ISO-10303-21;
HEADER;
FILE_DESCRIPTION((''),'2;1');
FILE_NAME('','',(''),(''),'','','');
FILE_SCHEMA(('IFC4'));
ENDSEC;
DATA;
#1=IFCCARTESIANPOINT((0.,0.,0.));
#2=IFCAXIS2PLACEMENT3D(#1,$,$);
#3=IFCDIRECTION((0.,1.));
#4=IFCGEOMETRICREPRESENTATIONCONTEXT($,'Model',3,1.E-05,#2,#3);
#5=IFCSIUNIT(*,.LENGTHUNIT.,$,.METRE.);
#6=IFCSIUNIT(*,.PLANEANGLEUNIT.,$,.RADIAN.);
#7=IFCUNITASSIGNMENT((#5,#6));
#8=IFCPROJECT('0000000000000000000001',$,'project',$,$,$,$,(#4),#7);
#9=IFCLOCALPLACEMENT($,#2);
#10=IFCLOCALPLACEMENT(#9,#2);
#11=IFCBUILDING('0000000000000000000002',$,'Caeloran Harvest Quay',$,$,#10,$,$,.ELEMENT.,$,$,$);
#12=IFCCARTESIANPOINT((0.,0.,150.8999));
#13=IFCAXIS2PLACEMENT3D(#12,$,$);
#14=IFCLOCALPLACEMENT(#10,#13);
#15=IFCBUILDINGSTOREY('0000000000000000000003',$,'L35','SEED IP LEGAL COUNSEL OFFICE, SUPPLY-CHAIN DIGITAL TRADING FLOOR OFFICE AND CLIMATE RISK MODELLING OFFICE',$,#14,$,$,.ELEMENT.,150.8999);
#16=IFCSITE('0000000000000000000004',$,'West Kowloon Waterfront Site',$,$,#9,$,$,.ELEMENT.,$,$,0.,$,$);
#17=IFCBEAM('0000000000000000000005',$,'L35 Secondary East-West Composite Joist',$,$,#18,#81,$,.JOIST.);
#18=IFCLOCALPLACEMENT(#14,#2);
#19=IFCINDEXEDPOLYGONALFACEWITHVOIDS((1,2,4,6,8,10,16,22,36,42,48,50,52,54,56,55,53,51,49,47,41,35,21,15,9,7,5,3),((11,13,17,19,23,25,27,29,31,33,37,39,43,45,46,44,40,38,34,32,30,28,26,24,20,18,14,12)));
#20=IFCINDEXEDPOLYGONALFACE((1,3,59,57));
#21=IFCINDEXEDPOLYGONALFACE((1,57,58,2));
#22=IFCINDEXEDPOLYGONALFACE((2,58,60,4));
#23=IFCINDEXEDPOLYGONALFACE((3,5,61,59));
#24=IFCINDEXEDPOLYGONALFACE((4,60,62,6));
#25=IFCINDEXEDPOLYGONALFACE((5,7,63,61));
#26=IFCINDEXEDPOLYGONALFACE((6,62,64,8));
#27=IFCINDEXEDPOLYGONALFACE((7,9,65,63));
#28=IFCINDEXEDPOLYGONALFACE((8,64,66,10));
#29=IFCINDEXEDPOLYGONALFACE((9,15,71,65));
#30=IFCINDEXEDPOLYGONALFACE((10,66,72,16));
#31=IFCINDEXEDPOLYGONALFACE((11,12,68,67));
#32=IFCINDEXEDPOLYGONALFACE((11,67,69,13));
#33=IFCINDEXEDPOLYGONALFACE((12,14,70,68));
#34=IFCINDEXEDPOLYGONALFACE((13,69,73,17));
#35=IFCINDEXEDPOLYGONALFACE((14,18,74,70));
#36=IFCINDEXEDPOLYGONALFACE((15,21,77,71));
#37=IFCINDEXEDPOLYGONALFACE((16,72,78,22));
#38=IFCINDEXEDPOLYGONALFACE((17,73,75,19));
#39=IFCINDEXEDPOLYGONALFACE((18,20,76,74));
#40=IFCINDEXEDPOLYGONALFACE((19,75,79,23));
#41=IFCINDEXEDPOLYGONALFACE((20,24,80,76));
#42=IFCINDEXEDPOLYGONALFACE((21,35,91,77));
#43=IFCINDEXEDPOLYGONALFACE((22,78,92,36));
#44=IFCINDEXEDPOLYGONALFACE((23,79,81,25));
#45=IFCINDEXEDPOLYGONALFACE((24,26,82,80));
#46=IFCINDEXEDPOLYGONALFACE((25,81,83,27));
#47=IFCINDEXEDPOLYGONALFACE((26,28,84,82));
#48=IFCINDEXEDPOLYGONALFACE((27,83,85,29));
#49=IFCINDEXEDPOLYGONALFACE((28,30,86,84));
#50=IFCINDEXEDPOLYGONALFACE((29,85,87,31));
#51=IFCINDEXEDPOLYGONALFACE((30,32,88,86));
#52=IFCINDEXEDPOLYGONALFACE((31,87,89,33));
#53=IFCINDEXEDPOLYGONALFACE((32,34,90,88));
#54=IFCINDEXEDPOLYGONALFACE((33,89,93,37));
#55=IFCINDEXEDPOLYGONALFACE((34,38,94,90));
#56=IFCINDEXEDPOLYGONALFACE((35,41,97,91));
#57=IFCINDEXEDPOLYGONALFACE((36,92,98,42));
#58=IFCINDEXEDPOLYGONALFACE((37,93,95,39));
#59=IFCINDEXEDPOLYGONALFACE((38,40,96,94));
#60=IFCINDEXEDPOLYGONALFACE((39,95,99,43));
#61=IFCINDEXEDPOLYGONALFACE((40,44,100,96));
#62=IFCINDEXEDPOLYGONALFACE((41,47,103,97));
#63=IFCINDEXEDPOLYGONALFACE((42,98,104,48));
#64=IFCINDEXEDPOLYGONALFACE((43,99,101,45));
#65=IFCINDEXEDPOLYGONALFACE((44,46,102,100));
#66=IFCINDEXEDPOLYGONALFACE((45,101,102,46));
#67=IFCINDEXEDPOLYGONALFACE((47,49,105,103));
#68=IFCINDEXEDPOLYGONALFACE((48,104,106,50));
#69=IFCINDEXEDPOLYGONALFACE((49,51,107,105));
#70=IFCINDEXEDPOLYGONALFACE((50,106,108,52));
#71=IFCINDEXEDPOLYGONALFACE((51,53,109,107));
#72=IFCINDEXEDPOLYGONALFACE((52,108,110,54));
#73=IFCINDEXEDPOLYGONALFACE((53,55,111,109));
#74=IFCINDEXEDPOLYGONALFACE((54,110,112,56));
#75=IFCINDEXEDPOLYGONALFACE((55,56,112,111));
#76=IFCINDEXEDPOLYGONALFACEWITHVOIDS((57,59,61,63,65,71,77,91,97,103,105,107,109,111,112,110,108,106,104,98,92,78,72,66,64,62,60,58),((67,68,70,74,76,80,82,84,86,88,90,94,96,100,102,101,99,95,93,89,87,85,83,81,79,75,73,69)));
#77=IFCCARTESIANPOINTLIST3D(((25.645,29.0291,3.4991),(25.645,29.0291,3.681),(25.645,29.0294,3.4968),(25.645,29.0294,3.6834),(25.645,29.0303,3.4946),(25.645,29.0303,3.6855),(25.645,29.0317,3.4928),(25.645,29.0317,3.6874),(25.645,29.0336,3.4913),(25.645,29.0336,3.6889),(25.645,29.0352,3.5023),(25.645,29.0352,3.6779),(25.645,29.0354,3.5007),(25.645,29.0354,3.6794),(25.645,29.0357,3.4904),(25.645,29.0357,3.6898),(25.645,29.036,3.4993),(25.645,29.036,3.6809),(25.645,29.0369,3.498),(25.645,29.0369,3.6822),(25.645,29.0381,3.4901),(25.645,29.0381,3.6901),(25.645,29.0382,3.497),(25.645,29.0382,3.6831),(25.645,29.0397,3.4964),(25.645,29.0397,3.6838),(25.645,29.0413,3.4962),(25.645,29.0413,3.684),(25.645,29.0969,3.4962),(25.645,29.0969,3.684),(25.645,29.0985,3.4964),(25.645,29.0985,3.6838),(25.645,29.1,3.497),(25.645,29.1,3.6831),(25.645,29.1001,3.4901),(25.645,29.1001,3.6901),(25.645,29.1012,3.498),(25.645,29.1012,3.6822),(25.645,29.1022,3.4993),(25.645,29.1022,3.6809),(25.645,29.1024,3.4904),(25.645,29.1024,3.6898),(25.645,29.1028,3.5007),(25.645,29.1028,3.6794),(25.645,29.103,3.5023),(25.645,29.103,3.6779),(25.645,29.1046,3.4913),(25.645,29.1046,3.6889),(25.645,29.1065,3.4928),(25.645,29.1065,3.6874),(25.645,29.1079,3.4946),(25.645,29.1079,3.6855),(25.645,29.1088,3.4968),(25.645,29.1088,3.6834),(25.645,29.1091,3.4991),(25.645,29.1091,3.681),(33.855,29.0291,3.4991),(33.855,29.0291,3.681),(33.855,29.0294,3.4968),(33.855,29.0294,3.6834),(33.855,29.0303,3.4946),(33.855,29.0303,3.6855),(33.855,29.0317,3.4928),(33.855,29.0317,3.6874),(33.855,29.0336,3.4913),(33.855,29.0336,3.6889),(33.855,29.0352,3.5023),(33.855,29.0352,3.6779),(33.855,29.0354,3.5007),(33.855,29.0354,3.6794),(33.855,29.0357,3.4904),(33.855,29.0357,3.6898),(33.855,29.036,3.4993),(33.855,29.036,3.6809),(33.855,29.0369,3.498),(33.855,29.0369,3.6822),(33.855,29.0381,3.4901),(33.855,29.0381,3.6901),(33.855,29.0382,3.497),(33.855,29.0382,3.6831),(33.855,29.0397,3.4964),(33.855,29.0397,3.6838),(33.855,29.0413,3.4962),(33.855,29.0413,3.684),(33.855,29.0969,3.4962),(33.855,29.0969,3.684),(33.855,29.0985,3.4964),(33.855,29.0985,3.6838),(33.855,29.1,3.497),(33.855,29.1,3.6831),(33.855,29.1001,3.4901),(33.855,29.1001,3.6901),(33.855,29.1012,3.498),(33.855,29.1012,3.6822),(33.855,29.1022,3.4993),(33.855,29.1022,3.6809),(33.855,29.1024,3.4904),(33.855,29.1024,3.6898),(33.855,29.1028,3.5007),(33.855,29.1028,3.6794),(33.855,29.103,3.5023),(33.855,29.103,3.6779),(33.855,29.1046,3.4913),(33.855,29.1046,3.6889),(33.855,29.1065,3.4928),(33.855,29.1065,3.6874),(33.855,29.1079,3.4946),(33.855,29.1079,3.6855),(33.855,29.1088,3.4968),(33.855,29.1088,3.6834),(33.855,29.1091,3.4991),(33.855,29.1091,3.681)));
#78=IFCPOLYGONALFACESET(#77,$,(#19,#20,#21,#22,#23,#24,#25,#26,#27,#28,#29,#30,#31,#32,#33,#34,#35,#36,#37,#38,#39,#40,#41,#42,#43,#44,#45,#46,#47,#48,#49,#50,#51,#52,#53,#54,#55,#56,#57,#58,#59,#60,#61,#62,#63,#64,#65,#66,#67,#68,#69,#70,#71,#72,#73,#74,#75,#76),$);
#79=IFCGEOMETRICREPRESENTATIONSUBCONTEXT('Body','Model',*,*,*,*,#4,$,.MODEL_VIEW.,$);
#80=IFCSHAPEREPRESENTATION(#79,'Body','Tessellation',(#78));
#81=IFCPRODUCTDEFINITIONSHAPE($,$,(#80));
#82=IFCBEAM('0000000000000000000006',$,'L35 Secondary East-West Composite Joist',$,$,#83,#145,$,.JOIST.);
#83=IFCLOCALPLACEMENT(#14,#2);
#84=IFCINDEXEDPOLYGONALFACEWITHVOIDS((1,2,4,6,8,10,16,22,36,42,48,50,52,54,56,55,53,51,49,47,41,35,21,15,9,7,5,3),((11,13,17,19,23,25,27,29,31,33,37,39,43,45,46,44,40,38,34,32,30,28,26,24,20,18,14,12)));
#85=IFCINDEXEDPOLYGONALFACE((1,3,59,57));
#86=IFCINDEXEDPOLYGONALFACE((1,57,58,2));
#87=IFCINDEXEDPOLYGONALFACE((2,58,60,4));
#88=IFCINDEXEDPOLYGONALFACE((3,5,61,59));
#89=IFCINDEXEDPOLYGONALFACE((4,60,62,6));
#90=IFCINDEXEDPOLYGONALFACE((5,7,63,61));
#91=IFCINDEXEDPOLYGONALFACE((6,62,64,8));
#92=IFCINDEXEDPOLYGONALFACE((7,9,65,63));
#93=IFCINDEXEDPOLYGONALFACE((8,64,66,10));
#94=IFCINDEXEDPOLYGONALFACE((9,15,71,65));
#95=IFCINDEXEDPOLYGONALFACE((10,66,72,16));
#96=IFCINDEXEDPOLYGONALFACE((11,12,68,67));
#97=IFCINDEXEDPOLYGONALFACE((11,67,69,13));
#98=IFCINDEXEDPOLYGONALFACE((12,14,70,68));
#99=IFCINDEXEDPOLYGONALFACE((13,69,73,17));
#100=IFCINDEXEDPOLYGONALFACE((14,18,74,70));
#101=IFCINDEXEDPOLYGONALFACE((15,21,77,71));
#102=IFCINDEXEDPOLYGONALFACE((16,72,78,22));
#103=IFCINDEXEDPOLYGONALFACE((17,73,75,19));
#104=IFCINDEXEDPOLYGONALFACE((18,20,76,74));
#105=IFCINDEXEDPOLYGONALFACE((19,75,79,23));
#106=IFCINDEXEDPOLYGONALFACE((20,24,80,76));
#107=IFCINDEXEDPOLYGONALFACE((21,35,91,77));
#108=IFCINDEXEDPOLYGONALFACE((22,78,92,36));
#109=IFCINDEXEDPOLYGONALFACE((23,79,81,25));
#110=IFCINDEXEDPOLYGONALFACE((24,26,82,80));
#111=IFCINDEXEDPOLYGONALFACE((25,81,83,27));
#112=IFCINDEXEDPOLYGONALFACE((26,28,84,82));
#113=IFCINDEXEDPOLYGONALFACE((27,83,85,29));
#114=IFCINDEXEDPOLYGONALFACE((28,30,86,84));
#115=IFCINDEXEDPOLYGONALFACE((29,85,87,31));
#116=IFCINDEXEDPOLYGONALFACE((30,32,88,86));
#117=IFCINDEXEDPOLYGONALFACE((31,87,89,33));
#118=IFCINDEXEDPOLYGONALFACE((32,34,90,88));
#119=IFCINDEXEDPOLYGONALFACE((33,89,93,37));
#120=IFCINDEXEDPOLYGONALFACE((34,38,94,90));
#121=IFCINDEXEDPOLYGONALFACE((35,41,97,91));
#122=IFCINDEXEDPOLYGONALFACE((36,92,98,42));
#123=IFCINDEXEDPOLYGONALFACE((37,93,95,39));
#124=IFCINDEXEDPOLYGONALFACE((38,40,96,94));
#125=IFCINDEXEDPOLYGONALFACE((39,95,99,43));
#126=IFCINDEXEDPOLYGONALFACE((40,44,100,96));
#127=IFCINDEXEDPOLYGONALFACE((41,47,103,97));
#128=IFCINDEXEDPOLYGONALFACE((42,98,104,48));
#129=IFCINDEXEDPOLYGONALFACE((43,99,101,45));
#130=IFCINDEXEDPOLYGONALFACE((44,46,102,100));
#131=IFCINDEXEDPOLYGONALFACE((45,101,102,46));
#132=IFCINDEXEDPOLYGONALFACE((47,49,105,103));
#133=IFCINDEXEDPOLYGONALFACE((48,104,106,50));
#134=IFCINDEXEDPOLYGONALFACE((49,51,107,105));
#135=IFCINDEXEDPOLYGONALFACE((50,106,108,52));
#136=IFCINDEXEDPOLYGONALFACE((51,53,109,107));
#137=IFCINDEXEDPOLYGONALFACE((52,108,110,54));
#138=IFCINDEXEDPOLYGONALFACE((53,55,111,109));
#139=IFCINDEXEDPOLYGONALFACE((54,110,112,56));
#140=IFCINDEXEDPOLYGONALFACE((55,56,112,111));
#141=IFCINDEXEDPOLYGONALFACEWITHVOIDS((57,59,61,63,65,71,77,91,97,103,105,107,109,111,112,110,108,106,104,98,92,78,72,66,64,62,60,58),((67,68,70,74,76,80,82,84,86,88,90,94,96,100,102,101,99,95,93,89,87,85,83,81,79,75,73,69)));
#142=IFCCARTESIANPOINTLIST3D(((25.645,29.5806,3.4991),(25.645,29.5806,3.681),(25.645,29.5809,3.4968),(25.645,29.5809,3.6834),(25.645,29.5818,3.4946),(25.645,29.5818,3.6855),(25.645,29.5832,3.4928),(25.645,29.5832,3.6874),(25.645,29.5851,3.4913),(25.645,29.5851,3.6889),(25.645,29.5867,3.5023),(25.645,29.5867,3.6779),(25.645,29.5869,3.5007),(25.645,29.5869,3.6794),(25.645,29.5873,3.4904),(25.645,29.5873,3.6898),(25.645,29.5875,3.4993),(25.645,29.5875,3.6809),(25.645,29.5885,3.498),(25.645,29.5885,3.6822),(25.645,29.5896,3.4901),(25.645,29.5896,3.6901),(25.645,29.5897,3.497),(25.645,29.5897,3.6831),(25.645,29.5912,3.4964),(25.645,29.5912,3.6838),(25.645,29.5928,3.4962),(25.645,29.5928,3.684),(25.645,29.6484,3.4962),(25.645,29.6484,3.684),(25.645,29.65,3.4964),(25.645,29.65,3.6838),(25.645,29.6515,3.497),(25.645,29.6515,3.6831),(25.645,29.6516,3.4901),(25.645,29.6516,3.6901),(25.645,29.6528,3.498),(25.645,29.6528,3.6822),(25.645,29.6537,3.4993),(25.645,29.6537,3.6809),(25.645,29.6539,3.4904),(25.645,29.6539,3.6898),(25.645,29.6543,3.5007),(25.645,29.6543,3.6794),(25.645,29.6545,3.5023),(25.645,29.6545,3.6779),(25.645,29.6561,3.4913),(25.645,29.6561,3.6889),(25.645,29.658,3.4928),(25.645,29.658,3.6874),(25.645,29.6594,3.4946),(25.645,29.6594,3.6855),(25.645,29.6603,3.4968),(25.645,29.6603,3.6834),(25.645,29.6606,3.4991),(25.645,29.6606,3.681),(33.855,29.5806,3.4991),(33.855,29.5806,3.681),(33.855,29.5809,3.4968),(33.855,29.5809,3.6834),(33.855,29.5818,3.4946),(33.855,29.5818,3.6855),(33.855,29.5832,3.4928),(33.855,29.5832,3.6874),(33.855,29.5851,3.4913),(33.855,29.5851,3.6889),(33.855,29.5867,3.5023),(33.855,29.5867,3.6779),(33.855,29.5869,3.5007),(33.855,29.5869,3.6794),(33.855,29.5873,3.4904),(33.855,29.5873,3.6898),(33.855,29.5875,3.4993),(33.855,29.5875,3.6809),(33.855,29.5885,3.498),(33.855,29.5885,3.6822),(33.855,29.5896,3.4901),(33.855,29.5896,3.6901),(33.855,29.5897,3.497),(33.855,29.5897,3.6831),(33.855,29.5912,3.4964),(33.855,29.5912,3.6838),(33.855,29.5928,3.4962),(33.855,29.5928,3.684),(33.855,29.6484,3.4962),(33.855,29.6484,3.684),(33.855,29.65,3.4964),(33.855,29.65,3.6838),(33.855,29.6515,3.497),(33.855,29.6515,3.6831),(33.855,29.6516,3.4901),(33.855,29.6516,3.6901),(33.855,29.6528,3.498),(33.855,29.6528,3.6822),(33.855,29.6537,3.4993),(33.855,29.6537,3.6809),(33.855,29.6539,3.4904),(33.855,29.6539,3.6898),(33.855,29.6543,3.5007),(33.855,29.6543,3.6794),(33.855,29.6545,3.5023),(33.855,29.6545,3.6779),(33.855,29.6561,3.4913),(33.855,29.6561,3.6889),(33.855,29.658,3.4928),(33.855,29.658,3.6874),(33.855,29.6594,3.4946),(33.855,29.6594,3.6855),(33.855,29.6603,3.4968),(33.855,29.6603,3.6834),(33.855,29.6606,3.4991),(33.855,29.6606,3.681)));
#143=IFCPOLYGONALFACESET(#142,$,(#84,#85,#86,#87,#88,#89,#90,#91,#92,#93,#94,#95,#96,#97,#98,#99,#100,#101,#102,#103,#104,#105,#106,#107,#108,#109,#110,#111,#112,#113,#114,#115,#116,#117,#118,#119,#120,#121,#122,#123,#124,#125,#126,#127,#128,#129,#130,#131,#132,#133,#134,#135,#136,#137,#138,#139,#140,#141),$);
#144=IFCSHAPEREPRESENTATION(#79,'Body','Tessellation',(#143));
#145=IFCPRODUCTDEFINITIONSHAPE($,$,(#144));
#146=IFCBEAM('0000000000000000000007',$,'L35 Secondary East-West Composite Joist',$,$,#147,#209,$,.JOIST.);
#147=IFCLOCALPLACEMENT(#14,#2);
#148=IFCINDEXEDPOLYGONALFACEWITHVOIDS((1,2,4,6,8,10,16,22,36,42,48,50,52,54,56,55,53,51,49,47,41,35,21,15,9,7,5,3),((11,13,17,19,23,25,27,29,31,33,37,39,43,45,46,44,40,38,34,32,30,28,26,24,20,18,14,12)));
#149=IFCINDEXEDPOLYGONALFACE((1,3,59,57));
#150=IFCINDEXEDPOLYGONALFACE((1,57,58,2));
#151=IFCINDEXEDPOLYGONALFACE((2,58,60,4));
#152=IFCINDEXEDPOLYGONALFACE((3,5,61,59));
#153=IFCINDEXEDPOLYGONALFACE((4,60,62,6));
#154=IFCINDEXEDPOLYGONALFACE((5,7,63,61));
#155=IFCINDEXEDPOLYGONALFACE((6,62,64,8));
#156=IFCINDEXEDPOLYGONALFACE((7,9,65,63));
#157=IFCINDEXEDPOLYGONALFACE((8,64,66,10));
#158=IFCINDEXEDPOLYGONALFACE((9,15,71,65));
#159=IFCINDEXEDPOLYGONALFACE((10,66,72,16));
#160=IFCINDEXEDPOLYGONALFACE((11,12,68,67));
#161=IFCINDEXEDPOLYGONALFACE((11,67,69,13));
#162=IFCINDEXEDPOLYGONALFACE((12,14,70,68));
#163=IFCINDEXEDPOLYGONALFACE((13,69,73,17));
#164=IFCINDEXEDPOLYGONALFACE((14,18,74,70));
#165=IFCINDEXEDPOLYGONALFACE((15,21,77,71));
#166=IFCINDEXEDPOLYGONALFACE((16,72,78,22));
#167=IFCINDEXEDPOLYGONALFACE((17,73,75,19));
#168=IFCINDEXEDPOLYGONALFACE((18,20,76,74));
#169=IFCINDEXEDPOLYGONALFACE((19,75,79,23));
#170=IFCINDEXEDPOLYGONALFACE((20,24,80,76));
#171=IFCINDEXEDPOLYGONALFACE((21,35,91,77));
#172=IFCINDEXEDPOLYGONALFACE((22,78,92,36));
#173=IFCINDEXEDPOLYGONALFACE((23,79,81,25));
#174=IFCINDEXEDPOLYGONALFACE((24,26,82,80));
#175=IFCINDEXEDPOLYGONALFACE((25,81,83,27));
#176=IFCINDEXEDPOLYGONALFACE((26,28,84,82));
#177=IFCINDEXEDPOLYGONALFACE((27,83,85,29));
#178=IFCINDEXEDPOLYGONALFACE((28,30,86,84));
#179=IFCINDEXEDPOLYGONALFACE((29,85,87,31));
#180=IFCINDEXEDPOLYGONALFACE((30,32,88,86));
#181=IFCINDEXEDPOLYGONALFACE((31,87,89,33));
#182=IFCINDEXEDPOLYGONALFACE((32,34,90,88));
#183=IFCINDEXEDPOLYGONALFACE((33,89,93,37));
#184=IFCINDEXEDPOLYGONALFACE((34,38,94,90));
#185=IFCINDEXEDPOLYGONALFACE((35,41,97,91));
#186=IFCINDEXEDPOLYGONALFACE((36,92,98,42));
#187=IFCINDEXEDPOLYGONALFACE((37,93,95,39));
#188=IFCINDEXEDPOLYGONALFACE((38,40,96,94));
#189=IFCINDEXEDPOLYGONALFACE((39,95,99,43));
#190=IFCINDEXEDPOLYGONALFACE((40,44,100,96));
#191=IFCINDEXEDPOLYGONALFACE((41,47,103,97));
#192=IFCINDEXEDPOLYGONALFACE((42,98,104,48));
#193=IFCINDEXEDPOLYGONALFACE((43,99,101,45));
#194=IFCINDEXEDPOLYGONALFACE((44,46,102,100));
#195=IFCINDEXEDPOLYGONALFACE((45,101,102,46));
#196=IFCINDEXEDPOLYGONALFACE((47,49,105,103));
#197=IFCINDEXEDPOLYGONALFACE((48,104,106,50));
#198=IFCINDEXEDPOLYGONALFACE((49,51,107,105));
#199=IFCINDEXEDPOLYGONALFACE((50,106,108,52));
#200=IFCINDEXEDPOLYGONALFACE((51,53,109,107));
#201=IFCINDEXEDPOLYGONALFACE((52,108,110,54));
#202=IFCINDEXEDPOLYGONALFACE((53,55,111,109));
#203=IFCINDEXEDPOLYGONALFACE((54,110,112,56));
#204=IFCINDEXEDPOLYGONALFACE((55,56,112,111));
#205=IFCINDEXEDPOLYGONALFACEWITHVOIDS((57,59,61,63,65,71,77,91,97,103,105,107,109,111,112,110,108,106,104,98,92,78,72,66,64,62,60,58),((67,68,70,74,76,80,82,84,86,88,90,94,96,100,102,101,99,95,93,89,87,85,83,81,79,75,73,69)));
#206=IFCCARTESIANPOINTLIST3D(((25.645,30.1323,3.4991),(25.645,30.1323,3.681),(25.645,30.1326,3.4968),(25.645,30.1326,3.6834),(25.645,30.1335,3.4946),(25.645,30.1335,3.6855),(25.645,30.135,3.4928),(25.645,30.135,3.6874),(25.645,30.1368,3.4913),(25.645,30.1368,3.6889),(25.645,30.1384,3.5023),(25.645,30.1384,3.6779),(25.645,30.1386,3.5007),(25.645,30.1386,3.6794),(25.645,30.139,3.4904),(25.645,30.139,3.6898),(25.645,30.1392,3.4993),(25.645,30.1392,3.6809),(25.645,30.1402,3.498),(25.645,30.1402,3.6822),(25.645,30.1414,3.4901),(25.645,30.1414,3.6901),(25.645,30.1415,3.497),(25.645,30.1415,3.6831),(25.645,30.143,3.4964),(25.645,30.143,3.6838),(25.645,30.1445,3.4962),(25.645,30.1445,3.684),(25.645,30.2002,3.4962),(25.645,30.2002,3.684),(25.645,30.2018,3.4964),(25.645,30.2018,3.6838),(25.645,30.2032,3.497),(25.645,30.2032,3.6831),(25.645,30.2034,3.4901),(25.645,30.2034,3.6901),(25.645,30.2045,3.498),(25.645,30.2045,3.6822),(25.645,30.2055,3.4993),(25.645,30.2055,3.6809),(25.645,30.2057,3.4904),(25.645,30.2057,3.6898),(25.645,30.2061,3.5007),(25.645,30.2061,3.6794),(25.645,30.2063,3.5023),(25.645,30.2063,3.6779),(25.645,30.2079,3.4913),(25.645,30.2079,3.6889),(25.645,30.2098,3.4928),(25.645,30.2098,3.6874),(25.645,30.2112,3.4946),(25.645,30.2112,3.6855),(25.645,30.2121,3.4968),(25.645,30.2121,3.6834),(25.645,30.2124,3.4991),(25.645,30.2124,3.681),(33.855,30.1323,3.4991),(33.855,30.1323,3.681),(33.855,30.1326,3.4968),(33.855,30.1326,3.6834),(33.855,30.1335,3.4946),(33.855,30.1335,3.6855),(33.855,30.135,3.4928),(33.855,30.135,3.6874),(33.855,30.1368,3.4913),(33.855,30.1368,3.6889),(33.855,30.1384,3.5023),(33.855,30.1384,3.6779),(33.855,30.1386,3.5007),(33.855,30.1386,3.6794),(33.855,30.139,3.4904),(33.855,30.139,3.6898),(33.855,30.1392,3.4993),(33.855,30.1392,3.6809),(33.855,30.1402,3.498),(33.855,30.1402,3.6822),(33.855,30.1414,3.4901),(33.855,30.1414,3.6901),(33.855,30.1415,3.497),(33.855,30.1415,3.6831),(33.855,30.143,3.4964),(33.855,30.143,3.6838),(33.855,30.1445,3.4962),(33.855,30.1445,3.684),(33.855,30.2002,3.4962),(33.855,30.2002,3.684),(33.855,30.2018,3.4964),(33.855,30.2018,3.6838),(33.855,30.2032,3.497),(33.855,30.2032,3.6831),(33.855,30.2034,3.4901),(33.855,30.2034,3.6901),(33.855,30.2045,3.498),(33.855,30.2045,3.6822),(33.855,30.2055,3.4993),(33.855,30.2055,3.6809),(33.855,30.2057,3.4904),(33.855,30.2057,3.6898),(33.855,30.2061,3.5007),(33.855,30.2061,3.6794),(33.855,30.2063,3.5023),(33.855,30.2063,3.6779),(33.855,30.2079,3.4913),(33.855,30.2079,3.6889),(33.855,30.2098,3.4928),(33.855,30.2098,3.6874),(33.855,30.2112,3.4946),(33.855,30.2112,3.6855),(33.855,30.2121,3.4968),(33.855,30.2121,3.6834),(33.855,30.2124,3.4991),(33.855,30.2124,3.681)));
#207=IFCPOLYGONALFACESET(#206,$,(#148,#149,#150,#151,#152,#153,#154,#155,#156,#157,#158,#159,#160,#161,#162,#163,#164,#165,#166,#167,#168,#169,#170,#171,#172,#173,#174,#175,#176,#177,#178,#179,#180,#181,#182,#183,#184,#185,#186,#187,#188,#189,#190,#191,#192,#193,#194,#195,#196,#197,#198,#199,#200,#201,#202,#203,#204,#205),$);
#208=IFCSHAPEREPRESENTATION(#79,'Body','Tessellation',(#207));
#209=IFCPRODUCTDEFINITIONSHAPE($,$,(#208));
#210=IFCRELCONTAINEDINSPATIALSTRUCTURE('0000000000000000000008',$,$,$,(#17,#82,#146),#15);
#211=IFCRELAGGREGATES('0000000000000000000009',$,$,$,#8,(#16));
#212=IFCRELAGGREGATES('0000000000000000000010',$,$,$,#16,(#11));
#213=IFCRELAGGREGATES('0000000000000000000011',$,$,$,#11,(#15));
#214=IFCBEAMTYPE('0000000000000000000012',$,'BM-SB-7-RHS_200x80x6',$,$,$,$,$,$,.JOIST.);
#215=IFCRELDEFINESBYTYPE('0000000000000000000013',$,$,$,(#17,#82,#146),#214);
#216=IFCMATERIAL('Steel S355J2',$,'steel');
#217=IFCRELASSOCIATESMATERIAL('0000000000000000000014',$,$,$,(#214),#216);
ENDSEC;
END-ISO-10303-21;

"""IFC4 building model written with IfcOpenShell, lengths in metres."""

from ifc_helpers import new_model, si_unit, direction, frame, origin, origin_2d, place, context, subcontext, project, spatial, hollow_rectangle, extrude, material, material_profile, profile_set, type_object, element, save


model = new_model("IFC4")

# Units and contexts
model_context = context("Model", 3, precision=1e-05, world=origin(), true_north=direction((0.0, 1.0)))
body_context = subcontext(model_context, "Body", "Model", "MODEL_VIEW")
ifc_project = project(units=[si_unit("LENGTHUNIT", "METRE"), si_unit("PLANEANGLEUNIT", "RADIAN")], contexts=[model_context])

# Site, building, storey
site_placement = place(None, origin())
site = spatial("IfcSite", under=ifc_project, at=site_placement, Name="West Kowloon Waterfront Site", CompositionType="ELEMENT", RefElevation=0.0)
building_placement = place(site_placement, origin())
building = spatial("IfcBuilding", under=site, at=building_placement, Name="Caeloran Harvest Quay", CompositionType="ELEMENT")
storey_placement = place(building_placement, frame((0.0, 0.0, 150.8999)))
storey = spatial("IfcBuildingStorey", under=building, at=storey_placement, Name="L35", Description="SEED IP LEGAL COUNSEL OFFICE, SUPPLY-CHAIN DIGITAL TRADING FLOOR OFFICE AND CLIMATE RISK MODELLING OFFICE", CompositionType="ELEMENT", Elevation=150.8999)

# Beams
ifc_material_1 = material(Name="Steel S355J2", Category="steel")
ifc_material_profile_1 = material_profile(ifc_material_1, hollow_rectangle(XDim=0.0801, YDim=0.2, WallThickness=0.0061, InnerFilletRadius=0.0061, OuterFilletRadius=0.009, at=origin_2d()), Name="RHS 200x80x6")
ifc_profile_set_1 = profile_set([ifc_material_profile_1], Name="Steel S355J2")
beam_type_1 = type_object("IfcBeamType", Name="BM-SB-7-RHS_200x80x6", PredefinedType="JOIST", material=ifc_profile_set_1)
for number, where, z_axis, x_axis, name in (
    (1, (25.645, 29.0691, 3.5901), (1.0, 0.0, 0.0), (0.0, 1.0, 0.0), "L35 Secondary East-West Composite Joist"),
    (2, (25.645, 29.6206, 3.5901), (1.0, 0.0, 0.0), (0.0, 1.0, 0.0), "L35 Secondary East-West Composite Joist"),
    (3, (25.645, 30.1724, 3.5901), (1.0, 0.0, 0.0), (0.0, 1.0, 0.0), "L35 Secondary East-West Composite Joist"),
):
    element("IfcBeam", number, at=place(storey_placement, frame(where, z_axis=z_axis, x_axis=x_axis)), inside=storey, type_object=beam_type_1, Name=name, PredefinedType="JOIST", context=body_context, shape_type="SweptSolid", body=[
        extrude(hollow_rectangle(XDim=0.0801, YDim=0.2, WallThickness=0.0061, InnerFilletRadius=0.0061, OuterFilletRadius=0.009, at=origin_2d()), origin(), (0.0, 0.0, 1.0), 8.21),
    ])

save(model, "model.ifc")
